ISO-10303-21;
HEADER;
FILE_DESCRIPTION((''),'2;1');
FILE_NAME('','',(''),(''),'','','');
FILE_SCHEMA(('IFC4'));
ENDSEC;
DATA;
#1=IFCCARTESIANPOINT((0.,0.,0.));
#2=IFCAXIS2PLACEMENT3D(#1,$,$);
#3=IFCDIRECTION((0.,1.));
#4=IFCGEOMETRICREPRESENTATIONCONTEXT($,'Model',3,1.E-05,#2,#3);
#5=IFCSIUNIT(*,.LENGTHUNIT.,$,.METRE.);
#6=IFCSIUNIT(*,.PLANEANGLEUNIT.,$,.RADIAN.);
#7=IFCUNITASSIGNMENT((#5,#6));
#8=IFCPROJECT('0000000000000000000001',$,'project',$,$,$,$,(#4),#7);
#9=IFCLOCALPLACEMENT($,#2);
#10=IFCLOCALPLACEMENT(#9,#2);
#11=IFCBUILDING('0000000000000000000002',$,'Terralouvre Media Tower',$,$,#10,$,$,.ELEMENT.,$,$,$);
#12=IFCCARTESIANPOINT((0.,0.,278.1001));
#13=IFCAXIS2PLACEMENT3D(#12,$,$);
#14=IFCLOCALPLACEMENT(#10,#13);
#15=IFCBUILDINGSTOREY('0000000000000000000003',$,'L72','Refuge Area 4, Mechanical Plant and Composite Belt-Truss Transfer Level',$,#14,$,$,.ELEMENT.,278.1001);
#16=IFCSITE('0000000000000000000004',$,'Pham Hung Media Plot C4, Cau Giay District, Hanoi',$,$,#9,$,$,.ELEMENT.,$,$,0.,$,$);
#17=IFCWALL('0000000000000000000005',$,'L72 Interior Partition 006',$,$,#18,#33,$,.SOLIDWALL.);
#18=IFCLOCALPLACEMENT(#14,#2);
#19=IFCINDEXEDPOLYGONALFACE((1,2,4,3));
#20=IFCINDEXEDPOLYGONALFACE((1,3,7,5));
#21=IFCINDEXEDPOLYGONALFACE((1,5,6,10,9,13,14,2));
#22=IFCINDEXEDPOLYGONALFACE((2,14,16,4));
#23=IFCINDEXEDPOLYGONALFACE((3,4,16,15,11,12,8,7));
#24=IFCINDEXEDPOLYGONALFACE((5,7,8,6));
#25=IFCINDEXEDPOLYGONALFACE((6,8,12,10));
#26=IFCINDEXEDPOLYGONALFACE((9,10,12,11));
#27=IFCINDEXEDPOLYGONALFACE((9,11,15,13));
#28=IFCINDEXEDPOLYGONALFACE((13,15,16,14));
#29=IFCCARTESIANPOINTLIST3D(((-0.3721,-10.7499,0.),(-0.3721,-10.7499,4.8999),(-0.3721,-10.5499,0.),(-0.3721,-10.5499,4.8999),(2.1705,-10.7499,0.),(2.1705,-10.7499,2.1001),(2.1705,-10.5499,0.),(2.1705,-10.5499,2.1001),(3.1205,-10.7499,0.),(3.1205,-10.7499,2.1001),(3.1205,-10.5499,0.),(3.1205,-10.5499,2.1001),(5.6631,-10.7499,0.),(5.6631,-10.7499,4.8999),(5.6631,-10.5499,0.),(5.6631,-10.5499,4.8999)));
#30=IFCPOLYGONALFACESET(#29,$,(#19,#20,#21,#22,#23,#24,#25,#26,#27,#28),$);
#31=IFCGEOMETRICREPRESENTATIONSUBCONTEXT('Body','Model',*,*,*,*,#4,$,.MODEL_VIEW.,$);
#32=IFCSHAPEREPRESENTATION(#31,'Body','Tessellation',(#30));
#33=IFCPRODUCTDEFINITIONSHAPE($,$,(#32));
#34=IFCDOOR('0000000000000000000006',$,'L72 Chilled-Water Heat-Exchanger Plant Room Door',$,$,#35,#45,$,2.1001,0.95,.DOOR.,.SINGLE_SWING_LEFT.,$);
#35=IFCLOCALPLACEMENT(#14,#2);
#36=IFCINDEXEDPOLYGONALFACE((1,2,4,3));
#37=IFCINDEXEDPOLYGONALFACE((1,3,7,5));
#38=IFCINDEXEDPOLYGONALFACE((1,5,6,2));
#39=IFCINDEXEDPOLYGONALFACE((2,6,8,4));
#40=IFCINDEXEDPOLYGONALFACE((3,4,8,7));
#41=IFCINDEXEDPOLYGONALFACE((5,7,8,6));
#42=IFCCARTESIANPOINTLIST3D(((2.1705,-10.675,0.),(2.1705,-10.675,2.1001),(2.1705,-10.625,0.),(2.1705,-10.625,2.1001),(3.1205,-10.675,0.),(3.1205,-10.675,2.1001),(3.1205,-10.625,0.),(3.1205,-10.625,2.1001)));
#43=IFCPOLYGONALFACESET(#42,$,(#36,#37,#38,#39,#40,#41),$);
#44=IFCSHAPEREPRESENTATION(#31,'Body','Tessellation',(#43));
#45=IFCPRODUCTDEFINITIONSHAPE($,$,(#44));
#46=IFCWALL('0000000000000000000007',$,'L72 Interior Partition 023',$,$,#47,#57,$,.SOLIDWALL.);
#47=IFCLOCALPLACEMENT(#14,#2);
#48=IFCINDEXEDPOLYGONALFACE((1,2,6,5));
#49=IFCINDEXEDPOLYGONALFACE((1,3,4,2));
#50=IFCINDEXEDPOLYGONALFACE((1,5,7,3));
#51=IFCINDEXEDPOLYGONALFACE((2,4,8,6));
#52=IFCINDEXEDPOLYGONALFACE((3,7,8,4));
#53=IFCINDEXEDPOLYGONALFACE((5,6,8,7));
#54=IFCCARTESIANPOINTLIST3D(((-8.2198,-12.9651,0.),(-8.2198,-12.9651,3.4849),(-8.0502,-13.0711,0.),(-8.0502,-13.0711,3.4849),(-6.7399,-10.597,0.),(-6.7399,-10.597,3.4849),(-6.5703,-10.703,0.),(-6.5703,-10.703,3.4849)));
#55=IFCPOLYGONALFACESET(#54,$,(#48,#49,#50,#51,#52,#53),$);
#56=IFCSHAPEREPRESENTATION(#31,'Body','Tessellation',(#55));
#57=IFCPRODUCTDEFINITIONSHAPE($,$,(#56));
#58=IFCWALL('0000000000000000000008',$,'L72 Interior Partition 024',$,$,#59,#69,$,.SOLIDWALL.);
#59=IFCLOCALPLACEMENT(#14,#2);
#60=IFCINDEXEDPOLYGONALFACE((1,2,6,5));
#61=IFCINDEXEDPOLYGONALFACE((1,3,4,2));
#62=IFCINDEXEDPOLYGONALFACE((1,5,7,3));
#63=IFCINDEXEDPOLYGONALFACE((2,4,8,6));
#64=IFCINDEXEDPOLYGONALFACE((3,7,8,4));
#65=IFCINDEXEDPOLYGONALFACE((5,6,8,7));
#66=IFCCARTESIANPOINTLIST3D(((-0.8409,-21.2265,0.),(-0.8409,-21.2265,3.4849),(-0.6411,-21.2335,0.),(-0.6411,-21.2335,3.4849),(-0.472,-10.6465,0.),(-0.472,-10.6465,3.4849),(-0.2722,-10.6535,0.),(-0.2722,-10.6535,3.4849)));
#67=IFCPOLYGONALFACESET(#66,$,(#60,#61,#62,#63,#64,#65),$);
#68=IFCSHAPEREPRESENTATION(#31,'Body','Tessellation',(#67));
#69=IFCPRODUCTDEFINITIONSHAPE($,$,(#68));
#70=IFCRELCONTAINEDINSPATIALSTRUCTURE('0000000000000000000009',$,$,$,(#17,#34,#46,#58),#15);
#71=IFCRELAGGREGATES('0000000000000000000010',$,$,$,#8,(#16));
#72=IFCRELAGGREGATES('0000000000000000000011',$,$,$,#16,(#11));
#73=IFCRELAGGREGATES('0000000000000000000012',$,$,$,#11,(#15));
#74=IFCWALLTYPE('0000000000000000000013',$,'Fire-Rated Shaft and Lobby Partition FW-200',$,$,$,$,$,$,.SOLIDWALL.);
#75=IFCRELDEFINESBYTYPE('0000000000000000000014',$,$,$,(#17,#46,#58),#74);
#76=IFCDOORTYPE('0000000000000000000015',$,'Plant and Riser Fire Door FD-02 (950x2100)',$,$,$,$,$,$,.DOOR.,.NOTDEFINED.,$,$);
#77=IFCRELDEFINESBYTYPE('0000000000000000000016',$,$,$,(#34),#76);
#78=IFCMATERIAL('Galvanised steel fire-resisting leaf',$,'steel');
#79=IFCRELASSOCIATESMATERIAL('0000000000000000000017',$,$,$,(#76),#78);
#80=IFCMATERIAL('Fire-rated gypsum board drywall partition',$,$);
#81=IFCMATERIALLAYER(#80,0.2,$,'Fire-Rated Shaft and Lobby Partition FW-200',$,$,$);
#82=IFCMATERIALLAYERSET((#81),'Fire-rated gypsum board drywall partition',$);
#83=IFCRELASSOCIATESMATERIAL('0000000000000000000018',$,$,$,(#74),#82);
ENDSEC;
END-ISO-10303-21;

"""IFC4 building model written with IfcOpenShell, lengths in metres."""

from ifc_helpers import new_model, si_unit, direction, frame, frame_2d, origin, place, context, subcontext, project, spatial, rectangle, extrude, material, layer, layer_set, type_object, element, fill, save


model = new_model("IFC4")

# Units and contexts
model_context = context("Model", 3, precision=1e-05, world=origin(), true_north=direction((0.0, 1.0)))
body_context = subcontext(model_context, "Body", "Model", "MODEL_VIEW")
ifc_project = project(units=[si_unit("LENGTHUNIT", "METRE"), si_unit("PLANEANGLEUNIT", "RADIAN")], contexts=[model_context])

# Site, building, storey
site_placement = place(None, origin())
site = spatial("IfcSite", under=ifc_project, at=site_placement, Name="Pham Hung Media Plot C4, Cau Giay District, Hanoi", CompositionType="ELEMENT", RefElevation=0.0)
building_placement = place(site_placement, origin())
building = spatial("IfcBuilding", under=site, at=building_placement, Name="Terralouvre Media Tower", CompositionType="ELEMENT")
storey_placement = place(building_placement, frame((0.0, 0.0, 278.1001)))
storey = spatial("IfcBuildingStorey", under=building, at=storey_placement, Name="L72", Description="Refuge Area 4, Mechanical Plant and Composite Belt-Truss Transfer Level", CompositionType="ELEMENT", Elevation=278.1001)

# Shared definitions
ifc_material_1 = material(Name="Galvanised steel fire-resisting leaf", Category="steel")
door_type_1 = type_object("IfcDoorType", Name="Plant and Riser Fire Door FD-02 (950x2100)", OperationType="NOTDEFINED", PredefinedType="DOOR", material=ifc_material_1)

# Shared definitions
ifc_material_2 = material(Name="Fire-rated gypsum board drywall partition")
ifc_layer_1 = layer(ifc_material_2, 0.2, Name="Fire-Rated Shaft and Lobby Partition FW-200")
ifc_layer_set_1 = layer_set([ifc_layer_1], Name="Fire-rated gypsum board drywall partition")
wall_type_1 = type_object("IfcWallType", Name="Fire-Rated Shaft and Lobby Partition FW-200", PredefinedType="SOLIDWALL", material=ifc_layer_set_1)

# Wall, opening, door
wall_1_placement = place(storey_placement, frame((-0.3721, -10.6499, 0.0), z_axis=(0.0, 0.0, 1.0), x_axis=(1.0, 0.0, 0.0)))
wall_1 = element("IfcWall", 1, at=wall_1_placement, inside=storey, type_object=wall_type_1, Name="L72 Interior Partition 006", PredefinedType="SOLIDWALL", context=body_context, shape_type="SweptSolid", body=[
    extrude(rectangle(XDim=6.0352, YDim=0.2, at=frame_2d((3.0176, 0.0))), origin(), (0.0, 0.0, 1.0), 4.8999),
])
opening_1_placement = place(wall_1_placement, frame((2.5425, 0.0, 0.0)))
opening_1 = element("IfcOpeningElement", 2, at=opening_1_placement, cuts=wall_1, PredefinedType="OPENING", context=body_context, shape_type="SweptSolid", body=[
    extrude(rectangle(XDim=0.95, YDim=2.1001, at=frame_2d((0.4751, 1.05))), frame((0.0, 0.1099, 0.0), z_axis=(0.0, -1.0, 0.0), x_axis=(1.0, 0.0, 0.0)), (0.0, 0.0, 1.0), 0.22),
])
door_1_placement = place(opening_1_placement, origin())
door_1 = element("IfcDoor", 3, at=door_1_placement, inside=storey, type_object=door_type_1, Name="L72 Chilled-Water Heat-Exchanger Plant Room Door", OperationType="SINGLE_SWING_LEFT", OverallHeight=2.1001, OverallWidth=0.95, PredefinedType="DOOR", context=body_context, shape_type="SweptSolid", body=[
    extrude(rectangle(XDim=0.95, YDim=2.1001, at=frame_2d((0.4751, 1.05))), frame((0.0, 0.0249, 0.0), z_axis=(0.0, -1.0, 0.0), x_axis=(1.0, 0.0, 0.0)), (0.0, 0.0, 1.0), 0.05),
])
fill(opening_1, door_1)

# Walls
wall_2_placement = place(storey_placement, frame((-8.135, -13.0181, 0.0), z_axis=(0.0, 0.0, 1.0), x_axis=(0.529968, 0.848018, 0.0)))
element("IfcWall", 4, at=wall_2_placement, inside=storey, type_object=wall_type_1, Name="L72 Interior Partition 023", PredefinedType="SOLIDWALL", context=body_context, shape_type="SweptSolid", body=[
    extrude(rectangle(XDim=2.7925, YDim=0.2, at=frame_2d((1.3962, 0.0))), origin(), (0.0, 0.0, 1.0), 3.4849),
])
wall_3_placement = place(storey_placement, frame((-0.741, -21.23, 0.0), z_axis=(0.0, 0.0, 1.0), x_axis=(0.034846, 0.999393, 0.0)))
element("IfcWall", 5, at=wall_3_placement, inside=storey, type_object=wall_type_1, Name="L72 Interior Partition 024", PredefinedType="SOLIDWALL", context=body_context, shape_type="SweptSolid", body=[
    extrude(rectangle(XDim=10.5864, YDim=0.2, at=frame_2d((5.2932, 0.0))), origin(), (0.0, 0.0, 1.0), 3.4849),
])

save(model, "model.ifc")
